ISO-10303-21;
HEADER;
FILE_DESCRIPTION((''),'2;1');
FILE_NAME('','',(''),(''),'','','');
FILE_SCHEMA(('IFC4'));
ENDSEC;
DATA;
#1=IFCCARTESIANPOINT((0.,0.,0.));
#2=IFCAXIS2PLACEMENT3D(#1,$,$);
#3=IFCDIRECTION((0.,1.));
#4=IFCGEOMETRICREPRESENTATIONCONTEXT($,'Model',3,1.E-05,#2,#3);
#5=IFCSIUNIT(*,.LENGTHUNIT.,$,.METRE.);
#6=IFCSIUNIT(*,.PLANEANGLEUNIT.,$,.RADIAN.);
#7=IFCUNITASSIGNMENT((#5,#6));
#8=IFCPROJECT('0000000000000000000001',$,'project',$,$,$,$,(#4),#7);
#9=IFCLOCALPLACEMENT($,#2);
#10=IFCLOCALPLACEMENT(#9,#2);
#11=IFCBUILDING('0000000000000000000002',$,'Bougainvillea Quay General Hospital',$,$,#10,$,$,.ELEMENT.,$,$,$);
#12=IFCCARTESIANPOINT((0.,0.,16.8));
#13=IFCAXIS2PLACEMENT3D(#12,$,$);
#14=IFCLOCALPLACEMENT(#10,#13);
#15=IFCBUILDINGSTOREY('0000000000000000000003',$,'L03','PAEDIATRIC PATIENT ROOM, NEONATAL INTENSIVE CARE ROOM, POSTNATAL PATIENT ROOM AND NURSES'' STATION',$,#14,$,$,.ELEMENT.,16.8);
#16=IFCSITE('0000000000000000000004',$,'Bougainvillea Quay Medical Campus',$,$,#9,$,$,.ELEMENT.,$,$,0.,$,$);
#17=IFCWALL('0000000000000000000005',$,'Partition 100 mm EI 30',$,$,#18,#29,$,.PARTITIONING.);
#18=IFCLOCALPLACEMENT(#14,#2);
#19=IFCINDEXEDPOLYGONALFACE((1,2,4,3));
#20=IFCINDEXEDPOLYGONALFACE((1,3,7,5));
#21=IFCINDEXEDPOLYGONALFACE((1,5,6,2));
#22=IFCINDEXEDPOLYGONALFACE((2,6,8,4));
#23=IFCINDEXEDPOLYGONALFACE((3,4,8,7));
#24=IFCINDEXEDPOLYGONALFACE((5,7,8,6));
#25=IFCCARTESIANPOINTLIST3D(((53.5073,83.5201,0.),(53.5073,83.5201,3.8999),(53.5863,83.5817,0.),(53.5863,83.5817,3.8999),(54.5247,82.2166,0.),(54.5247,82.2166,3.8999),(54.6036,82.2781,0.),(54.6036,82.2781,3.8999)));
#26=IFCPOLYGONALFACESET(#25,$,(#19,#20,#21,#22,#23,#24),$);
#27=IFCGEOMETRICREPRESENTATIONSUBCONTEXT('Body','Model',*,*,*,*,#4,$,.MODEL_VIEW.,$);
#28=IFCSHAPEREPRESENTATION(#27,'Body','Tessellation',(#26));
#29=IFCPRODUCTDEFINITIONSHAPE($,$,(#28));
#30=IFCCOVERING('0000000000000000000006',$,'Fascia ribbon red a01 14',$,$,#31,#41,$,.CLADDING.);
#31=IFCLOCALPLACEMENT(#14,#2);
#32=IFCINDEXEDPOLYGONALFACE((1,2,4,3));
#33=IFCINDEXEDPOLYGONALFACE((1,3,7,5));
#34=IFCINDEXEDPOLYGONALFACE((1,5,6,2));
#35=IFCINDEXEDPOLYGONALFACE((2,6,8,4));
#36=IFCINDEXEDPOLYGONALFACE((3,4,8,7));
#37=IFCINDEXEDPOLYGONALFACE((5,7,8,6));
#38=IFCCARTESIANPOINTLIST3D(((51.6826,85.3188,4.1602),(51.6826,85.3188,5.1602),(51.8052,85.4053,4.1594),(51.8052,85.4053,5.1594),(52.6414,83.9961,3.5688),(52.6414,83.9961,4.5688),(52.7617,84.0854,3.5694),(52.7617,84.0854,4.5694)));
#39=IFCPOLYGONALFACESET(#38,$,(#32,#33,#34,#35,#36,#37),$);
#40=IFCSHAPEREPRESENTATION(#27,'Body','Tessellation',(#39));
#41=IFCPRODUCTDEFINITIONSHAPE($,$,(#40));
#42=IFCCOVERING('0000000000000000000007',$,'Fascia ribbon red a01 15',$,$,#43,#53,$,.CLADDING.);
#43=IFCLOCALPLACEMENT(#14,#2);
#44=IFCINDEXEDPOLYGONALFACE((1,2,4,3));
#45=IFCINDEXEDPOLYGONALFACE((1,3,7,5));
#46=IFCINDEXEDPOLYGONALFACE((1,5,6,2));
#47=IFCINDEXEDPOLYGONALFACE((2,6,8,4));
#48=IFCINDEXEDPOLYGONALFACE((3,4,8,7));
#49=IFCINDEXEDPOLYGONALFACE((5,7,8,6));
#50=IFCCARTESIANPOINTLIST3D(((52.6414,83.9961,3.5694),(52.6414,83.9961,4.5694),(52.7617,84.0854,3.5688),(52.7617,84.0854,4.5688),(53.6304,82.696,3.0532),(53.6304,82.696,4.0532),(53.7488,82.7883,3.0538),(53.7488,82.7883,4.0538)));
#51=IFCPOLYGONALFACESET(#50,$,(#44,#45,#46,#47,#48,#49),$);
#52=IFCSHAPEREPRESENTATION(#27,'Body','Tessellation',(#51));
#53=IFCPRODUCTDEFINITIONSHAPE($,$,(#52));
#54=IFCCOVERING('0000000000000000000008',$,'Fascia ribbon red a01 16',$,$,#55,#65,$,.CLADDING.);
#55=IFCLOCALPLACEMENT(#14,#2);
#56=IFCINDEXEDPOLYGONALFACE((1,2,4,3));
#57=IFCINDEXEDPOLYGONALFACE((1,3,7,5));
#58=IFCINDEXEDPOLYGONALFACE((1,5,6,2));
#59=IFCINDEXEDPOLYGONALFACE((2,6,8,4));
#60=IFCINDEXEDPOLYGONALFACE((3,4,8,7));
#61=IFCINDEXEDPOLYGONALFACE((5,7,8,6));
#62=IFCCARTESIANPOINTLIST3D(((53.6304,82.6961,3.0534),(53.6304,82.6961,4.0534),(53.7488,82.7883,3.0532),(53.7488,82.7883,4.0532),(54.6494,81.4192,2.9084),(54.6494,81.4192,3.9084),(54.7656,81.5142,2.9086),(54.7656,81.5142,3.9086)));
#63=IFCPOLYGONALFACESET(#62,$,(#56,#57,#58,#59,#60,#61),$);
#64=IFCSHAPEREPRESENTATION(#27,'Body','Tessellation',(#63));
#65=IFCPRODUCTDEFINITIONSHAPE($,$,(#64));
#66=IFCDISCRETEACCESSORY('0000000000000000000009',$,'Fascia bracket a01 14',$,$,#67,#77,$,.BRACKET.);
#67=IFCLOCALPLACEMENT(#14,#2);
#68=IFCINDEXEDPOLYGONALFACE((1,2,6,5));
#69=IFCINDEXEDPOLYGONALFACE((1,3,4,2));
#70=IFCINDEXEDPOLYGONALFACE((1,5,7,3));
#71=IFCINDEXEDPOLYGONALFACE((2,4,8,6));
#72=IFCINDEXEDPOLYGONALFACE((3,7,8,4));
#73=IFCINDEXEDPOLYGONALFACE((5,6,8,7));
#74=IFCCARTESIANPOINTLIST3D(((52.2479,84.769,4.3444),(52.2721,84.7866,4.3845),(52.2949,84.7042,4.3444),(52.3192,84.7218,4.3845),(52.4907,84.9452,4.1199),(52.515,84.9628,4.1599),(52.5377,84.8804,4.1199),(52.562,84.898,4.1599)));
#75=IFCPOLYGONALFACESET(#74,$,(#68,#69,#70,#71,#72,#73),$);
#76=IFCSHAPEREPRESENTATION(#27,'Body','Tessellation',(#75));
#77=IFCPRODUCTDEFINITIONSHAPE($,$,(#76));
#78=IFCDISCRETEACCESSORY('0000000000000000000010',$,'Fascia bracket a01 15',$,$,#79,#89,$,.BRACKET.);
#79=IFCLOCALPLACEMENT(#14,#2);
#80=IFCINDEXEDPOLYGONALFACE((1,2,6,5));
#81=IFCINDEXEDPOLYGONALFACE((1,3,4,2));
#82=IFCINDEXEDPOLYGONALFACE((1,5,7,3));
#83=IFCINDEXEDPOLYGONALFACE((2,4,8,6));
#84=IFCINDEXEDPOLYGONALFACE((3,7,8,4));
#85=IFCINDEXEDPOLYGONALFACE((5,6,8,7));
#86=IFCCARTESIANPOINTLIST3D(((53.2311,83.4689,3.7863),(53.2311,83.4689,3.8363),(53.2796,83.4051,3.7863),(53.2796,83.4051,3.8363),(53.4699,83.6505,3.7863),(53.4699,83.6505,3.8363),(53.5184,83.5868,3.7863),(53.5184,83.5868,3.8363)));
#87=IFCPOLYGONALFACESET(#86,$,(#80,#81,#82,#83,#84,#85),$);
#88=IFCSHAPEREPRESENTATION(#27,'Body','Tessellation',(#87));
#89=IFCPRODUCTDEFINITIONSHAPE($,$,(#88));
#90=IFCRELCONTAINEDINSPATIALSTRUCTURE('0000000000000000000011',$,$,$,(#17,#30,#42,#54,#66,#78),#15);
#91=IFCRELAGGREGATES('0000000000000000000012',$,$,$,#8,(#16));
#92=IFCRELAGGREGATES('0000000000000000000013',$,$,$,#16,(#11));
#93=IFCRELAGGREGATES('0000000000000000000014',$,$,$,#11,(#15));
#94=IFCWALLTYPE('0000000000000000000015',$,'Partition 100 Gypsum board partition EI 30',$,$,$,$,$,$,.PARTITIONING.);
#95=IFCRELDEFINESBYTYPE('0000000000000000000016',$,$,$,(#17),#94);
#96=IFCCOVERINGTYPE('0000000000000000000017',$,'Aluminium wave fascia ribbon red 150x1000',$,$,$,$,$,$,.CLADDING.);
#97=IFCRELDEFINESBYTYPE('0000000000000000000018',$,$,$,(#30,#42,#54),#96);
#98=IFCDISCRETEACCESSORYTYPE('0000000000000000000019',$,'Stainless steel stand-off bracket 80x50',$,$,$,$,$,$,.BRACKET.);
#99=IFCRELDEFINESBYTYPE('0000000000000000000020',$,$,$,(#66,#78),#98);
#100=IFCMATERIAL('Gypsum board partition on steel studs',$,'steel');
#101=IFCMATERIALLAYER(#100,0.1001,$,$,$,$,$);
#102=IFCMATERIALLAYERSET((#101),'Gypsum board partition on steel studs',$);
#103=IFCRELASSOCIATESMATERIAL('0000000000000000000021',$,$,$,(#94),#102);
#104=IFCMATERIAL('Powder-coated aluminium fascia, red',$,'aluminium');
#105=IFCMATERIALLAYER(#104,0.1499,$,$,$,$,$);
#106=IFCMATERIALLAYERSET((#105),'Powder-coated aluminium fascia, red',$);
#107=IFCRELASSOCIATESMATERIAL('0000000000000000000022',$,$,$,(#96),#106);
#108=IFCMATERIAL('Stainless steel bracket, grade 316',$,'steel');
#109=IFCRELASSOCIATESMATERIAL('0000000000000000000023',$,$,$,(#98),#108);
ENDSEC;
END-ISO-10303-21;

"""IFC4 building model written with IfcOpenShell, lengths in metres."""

from ifc_helpers import new_model, si_unit, direction, frame, frame_2d, origin, origin_2d, place, context, subcontext, project, spatial, polyline, rectangle, outline, extrude, material, layer, layer_set, material_profile, profile_set, type_object, element, save


model = new_model("IFC4")

# Units and contexts
model_context = context("Model", 3, precision=1e-05, world=origin(), true_north=direction((0.0, 1.0)))
body_context = subcontext(model_context, "Body", "Model", "MODEL_VIEW")
ifc_project = project(units=[si_unit("LENGTHUNIT", "METRE"), si_unit("PLANEANGLEUNIT", "RADIAN")], contexts=[model_context])

# Site, building, storey
site_placement = place(None, origin())
site = spatial("IfcSite", under=ifc_project, at=site_placement, Name="Bougainvillea Quay Medical Campus", CompositionType="ELEMENT", RefElevation=0.0)
building_placement = place(site_placement, origin())
building = spatial("IfcBuilding", under=site, at=building_placement, Name="Bougainvillea Quay General Hospital", CompositionType="ELEMENT")
storey_placement = place(building_placement, frame((0.0, 0.0, 16.8)))
storey = spatial("IfcBuildingStorey", under=building, at=storey_placement, Name="L03", Description="PAEDIATRIC PATIENT ROOM, NEONATAL INTENSIVE CARE ROOM, POSTNATAL PATIENT ROOM AND NURSES' STATION", CompositionType="ELEMENT", Elevation=16.8)

# Wall
ifc_material_1 = material(Name="Gypsum board partition on steel studs", Category="steel")
ifc_layer_1 = layer(ifc_material_1, 0.1001)
ifc_layer_set_1 = layer_set([ifc_layer_1], Name="Gypsum board partition on steel studs")
wall_type = type_object("IfcWallType", Name="Partition 100 Gypsum board partition EI 30", PredefinedType="PARTITIONING", material=ifc_layer_set_1)
wall_placement = place(storey_placement, frame((53.5469, 83.5508, 0.0), z_axis=(0.0, 0.0, 1.0), x_axis=(0.615269, -0.788318, 0.0)))
element("IfcWall", 1, at=wall_placement, inside=storey, type_object=wall_type, Name="Partition 100 mm EI 30", PredefinedType="PARTITIONING", context=body_context, shape_type="SweptSolid", body=[
    extrude(rectangle(XDim=1.6536, YDim=0.1001, at=frame_2d((0.8267, 0.0))), origin(), (0.0, 0.0, 1.0), 3.8999),
])

# Coverings
ifc_material_2 = material(Name="Powder-coated aluminium fascia, red", Category="aluminium")
ifc_layer_2 = layer(ifc_material_2, 0.1499)
ifc_layer_set_2 = layer_set([ifc_layer_2], Name="Powder-coated aluminium fascia, red")
covering_type = type_object("IfcCoveringType", Name="Aluminium wave fascia ribbon red 150x1000", PredefinedType="CLADDING", material=ifc_layer_set_2)
covering_1_placement = place(storey_placement, frame((51.8052, 85.4053, 4.1594), z_axis=(0.200157, -0.275299, 0.940291), x_axis=(0.551796, -0.76136, -0.340371)))
element("IfcCovering", 2, at=covering_1_placement, inside=storey, type_object=covering_type, Name="Fascia ribbon red a01 14", PredefinedType="CLADDING", context=body_context, shape_type="SweptSolid", body=[
    extrude(outline(polyline([(0.0, 0.0), (1.7335, 0.0), (1.7353, -0.1499), (-0.0021, -0.15), (0.0, 0.0)])), origin(), (-0.340371, -0.000482, 0.940291), 1.0),
])
covering_2_placement = place(storey_placement, frame((52.7617, 84.0854, 3.5688), z_axis=(0.182432, -0.239809, 0.953525), x_axis=(0.577426, -0.758808, -0.301313)))
element("IfcCovering", 3, at=covering_2_placement, inside=storey, type_object=covering_type, Name="Fascia ribbon red a01 15", PredefinedType="CLADDING", context=body_context, shape_type="SweptSolid", body=[
    extrude(outline(polyline([(0.0, 0.0), (1.7094, 0.0), (1.7112, -0.1501), (-0.0018, -0.1499), (0.0, 0.0)])), origin(), (-0.301313, 0.000041, 0.953525), 1.0),
])
covering_3_placement = place(storey_placement, frame((53.7488, 82.7883, 3.0532), z_axis=(0.055124, -0.069067, 0.996088), x_axis=(0.621323, -0.778556, -0.088368)))
element("IfcCovering", 4, at=covering_3_placement, inside=storey, type_object=covering_type, Name="Fascia ribbon red a01 16", PredefinedType="CLADDING", context=body_context, shape_type="SweptSolid", body=[
    extrude(outline(polyline([(0.0, 0.0), (1.6366, 0.0), (1.6383, -0.1501), (-0.0017, -0.1501), (0.0, 0.0)])), origin(), (-0.088368, -0.000004, 0.996088), 1.0),
])

# Discrete accessories
ifc_material_3 = material(Name="Stainless steel bracket, grade 316", Category="steel")
ifc_material_profile_1 = material_profile(ifc_material_3, rectangle(XDim=0.0801, YDim=0.05, at=origin_2d()))
ifc_profile_set_1 = profile_set([ifc_material_profile_1], Name="Stainless steel bracket, grade 316")
discrete_accessory_type = type_object("IfcDiscreteAccessoryType", Name="Stainless steel stand-off bracket 80x50", PredefinedType="BRACKET", material=ifc_profile_set_1)
discrete_accessory_1_placement = place(storey_placement, frame((52.5264, 84.9216, 4.1399), z_axis=(-0.648004, -0.47021, 0.59916), x_axis=(0.587301, -0.809369, 0.0)))
element("IfcDiscreteAccessory", 5, at=discrete_accessory_1_placement, inside=storey, type_object=discrete_accessory_type, Name="Fascia bracket a01 14", PredefinedType="BRACKET", context=body_context, shape_type="SweptSolid", body=[
    extrude(rectangle(XDim=0.0801, YDim=0.05, at=origin_2d()), origin(), (0.0, 0.0, 1.0), 0.3748),
])
discrete_accessory_2_placement = place(storey_placement, frame((53.4941, 83.6187, 3.8113), z_axis=(-0.79588, -0.605455, 0.0), x_axis=(0.605455, -0.79588, 0.0)))
element("IfcDiscreteAccessory", 6, at=discrete_accessory_2_placement, inside=storey, type_object=discrete_accessory_type, Name="Fascia bracket a01 15", PredefinedType="BRACKET", context=body_context, shape_type="SweptSolid", body=[
    extrude(rectangle(XDim=0.0801, YDim=0.05, at=origin_2d()), origin(), (0.0, 0.0, 1.0), 0.3),
])

save(model, "model.ifc")
